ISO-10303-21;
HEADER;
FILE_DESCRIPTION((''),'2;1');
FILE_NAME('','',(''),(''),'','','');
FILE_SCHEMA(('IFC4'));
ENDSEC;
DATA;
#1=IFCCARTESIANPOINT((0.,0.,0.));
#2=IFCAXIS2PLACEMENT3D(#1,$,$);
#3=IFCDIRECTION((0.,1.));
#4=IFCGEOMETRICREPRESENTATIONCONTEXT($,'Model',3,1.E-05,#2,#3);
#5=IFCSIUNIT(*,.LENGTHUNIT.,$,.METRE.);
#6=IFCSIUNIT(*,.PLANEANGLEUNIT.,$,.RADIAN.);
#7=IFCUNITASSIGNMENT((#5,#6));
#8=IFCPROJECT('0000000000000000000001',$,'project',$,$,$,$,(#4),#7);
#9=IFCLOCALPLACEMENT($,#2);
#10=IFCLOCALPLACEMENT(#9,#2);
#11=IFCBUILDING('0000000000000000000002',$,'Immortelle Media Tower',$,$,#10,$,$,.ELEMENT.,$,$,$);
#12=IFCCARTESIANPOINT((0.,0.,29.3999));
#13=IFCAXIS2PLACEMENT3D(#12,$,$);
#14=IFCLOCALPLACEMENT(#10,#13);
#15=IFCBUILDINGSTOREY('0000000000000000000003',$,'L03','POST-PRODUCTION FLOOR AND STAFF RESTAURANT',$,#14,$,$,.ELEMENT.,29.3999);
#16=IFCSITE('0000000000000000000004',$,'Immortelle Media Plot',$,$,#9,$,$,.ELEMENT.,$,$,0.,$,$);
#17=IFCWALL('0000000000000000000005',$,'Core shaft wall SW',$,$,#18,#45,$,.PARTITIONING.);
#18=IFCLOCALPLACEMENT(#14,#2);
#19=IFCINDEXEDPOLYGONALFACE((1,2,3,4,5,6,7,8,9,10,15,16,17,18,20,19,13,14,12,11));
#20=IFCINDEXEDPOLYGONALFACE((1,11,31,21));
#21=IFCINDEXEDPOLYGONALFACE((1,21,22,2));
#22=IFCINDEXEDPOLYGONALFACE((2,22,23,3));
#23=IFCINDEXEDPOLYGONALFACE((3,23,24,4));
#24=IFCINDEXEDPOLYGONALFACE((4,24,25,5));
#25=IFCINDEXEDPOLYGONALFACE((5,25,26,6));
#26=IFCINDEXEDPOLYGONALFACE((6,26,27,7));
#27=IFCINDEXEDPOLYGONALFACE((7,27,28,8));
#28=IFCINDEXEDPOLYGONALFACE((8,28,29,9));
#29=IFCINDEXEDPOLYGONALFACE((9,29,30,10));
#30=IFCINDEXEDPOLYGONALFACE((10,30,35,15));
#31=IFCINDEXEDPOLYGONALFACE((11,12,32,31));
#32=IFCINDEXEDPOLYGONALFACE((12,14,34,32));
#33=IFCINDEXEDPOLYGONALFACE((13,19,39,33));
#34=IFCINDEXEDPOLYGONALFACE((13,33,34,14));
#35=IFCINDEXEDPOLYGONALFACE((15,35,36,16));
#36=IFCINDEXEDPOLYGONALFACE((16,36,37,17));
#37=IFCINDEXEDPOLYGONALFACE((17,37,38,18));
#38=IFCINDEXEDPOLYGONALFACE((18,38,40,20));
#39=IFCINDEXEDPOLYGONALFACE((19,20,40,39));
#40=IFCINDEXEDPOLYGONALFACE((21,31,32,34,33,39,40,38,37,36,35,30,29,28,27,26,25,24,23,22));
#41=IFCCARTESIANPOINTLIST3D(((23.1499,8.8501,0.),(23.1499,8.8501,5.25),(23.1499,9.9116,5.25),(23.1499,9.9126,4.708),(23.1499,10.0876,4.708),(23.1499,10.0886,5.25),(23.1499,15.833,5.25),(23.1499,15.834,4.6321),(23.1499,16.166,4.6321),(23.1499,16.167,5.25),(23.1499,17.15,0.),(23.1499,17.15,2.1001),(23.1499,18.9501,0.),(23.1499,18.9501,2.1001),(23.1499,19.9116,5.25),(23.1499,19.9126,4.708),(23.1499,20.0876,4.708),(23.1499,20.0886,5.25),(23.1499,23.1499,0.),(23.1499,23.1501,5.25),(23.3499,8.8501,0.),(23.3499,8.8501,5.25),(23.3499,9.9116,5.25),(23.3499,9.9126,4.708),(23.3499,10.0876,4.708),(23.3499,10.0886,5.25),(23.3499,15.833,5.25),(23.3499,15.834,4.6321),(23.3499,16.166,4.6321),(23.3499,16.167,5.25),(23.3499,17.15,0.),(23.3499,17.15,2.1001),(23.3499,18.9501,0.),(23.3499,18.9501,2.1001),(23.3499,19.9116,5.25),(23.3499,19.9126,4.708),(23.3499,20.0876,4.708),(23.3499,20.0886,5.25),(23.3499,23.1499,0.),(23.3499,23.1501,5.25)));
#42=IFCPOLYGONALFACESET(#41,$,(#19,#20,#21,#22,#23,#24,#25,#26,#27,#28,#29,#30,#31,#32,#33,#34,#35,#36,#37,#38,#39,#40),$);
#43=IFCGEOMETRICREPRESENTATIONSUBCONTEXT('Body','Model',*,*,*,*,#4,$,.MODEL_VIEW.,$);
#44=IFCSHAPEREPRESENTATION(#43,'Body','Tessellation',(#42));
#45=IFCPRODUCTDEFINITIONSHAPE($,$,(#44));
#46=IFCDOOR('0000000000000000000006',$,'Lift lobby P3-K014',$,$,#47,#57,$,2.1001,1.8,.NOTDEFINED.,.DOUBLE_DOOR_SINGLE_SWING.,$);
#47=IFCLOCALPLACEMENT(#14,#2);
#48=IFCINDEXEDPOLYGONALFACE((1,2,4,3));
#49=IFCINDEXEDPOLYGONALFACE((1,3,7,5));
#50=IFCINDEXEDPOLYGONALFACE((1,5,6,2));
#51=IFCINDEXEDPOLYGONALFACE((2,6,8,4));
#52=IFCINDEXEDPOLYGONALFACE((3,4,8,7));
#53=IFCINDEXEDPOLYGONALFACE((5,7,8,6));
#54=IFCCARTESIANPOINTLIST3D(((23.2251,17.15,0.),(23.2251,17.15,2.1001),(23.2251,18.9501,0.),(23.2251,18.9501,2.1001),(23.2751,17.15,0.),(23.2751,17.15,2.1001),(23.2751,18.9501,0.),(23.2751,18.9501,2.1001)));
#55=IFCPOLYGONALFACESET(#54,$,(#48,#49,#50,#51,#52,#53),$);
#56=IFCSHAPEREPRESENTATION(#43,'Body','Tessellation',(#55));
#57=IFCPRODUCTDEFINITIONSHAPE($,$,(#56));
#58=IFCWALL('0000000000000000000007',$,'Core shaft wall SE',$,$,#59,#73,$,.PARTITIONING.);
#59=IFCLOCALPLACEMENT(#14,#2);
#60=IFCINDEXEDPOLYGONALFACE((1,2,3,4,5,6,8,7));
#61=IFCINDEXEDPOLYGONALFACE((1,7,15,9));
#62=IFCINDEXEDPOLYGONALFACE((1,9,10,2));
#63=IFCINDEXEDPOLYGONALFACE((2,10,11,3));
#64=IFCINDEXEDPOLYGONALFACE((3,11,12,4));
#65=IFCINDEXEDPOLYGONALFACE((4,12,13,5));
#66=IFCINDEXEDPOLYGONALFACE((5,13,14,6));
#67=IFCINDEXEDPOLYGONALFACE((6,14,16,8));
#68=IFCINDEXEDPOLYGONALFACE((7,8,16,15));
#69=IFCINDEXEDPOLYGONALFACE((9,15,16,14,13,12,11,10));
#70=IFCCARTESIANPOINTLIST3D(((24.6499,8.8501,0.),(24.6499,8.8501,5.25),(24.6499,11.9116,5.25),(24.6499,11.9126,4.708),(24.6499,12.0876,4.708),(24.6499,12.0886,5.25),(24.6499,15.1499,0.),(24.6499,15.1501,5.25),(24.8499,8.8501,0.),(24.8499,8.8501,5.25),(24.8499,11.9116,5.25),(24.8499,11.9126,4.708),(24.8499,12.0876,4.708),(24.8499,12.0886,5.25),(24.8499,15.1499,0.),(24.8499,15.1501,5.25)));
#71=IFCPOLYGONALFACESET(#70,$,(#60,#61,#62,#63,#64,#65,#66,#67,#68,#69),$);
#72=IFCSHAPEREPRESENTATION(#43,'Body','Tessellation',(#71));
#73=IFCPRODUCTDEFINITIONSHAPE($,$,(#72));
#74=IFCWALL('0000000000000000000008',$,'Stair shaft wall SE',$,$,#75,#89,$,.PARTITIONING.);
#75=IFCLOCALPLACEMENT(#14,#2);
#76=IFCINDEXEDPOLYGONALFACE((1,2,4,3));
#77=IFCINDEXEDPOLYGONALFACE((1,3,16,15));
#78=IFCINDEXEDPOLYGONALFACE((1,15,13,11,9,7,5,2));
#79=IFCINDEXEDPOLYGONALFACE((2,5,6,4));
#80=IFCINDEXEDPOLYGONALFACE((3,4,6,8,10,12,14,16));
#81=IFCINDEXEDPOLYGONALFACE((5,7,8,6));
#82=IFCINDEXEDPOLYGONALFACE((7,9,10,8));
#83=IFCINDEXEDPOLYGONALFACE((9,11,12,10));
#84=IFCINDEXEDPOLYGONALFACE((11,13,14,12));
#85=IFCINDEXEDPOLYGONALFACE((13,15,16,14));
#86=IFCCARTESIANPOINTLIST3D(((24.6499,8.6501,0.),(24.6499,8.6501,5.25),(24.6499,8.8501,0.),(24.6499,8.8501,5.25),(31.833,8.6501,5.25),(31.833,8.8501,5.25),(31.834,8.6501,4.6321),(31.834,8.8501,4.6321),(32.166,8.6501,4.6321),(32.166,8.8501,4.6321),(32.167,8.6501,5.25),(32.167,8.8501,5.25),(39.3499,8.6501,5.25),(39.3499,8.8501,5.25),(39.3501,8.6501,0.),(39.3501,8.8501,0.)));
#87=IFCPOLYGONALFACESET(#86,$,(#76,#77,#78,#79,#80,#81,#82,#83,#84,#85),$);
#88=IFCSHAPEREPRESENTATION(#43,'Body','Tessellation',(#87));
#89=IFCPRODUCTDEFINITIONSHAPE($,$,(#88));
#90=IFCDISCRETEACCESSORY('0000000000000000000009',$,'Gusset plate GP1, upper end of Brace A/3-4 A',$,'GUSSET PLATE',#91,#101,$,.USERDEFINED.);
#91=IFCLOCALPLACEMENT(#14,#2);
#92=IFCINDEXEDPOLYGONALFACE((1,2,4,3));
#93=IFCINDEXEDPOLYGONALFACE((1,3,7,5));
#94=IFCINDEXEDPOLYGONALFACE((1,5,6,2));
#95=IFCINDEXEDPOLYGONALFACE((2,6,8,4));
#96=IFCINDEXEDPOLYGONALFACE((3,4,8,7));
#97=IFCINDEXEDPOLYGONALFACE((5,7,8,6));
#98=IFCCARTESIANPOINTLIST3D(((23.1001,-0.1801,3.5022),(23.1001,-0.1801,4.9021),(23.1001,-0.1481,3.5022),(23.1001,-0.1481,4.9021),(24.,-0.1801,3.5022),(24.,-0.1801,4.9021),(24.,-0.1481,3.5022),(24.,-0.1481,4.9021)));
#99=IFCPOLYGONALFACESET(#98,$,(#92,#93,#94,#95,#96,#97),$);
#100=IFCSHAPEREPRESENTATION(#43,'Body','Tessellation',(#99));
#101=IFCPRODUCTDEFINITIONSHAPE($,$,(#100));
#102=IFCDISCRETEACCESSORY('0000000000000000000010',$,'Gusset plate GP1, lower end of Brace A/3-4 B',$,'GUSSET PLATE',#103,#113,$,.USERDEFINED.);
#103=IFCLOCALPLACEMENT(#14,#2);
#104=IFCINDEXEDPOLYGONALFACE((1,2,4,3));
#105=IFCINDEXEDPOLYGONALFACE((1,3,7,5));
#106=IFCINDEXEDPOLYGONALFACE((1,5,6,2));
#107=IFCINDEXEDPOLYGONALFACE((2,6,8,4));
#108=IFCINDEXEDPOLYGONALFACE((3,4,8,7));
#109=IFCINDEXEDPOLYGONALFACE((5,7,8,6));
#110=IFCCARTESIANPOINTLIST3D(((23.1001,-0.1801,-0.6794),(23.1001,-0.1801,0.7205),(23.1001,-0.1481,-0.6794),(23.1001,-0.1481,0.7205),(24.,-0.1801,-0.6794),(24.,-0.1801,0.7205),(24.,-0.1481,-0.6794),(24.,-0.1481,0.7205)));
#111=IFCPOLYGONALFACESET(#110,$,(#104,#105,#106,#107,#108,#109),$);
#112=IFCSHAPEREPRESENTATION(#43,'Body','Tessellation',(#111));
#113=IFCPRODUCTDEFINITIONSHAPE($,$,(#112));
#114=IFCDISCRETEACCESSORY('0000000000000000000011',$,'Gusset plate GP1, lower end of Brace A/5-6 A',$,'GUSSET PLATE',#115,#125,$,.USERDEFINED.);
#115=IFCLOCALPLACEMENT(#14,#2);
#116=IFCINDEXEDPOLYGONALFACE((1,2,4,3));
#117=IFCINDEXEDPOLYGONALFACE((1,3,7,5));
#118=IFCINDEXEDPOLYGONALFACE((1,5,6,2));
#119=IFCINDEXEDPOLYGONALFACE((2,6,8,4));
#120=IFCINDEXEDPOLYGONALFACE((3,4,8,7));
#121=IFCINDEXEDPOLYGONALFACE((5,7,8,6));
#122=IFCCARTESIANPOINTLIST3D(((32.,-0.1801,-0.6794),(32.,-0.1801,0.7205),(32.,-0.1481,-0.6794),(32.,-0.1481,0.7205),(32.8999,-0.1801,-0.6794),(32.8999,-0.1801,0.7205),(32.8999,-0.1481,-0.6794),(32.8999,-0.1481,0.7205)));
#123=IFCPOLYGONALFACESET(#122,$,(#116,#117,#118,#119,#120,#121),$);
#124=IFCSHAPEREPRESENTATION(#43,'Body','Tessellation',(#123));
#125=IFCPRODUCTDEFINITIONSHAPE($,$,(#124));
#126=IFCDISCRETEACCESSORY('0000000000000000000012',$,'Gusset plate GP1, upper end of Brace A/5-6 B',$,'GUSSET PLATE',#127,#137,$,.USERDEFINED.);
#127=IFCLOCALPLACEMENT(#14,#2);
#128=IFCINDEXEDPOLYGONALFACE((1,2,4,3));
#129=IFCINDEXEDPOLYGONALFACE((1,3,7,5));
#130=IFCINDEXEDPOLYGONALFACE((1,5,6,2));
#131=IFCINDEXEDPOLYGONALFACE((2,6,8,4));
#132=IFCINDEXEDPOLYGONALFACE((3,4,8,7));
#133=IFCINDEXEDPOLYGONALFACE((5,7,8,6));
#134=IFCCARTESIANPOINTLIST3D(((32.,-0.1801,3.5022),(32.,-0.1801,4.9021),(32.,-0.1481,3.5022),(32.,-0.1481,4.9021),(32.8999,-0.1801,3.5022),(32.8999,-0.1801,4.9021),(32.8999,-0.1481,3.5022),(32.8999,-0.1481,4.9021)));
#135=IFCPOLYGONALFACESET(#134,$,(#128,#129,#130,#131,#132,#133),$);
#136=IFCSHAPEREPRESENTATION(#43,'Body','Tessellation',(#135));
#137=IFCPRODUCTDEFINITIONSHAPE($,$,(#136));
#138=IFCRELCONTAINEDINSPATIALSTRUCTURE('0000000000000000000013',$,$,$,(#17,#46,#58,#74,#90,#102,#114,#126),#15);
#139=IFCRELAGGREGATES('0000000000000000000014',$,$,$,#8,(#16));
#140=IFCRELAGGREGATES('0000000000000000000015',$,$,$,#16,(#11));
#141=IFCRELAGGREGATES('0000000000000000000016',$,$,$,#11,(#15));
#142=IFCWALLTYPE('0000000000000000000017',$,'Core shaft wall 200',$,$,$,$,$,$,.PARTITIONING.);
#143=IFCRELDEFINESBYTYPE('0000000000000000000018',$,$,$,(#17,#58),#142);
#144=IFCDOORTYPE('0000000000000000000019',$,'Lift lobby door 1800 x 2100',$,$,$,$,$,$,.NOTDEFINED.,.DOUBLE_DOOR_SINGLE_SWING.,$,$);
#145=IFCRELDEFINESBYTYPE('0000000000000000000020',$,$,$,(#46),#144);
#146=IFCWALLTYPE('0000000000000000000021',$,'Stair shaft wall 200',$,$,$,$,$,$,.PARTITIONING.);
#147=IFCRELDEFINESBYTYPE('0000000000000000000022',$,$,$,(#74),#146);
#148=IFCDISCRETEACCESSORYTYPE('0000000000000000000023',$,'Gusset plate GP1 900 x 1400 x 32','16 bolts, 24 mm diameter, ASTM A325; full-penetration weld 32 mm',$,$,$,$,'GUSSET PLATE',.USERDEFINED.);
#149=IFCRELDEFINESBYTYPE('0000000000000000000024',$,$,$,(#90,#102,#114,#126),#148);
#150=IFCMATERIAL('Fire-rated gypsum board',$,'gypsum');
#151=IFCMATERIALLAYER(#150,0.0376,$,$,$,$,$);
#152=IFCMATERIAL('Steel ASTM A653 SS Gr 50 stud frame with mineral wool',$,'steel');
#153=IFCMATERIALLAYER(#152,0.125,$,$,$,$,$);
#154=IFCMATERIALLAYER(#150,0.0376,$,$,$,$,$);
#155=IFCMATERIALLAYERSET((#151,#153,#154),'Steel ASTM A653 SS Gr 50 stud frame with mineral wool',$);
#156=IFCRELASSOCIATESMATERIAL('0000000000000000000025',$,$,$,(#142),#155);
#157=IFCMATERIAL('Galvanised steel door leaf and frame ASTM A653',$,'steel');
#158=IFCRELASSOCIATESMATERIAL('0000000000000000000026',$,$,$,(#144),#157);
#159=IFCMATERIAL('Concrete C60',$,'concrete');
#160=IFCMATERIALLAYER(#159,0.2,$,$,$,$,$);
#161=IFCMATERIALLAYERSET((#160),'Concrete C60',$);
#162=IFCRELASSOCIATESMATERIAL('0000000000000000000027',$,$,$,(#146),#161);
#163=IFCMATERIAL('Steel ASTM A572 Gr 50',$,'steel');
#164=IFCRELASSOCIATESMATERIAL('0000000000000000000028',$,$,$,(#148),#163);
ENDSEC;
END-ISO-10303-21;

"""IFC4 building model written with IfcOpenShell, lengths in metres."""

from ifc_helpers import new_model, si_unit, direction, frame, frame_2d, origin, origin_2d, place, context, subcontext, project, spatial, polyline, rectangle, outline, extrude, material, layer, layer_set, material_profile, profile_set, type_object, element, fill, save


model = new_model("IFC4")

# Units and contexts
model_context = context("Model", 3, precision=1e-05, world=origin(), true_north=direction((0.0, 1.0)))
body_context = subcontext(model_context, "Body", "Model", "MODEL_VIEW")
ifc_project = project(units=[si_unit("LENGTHUNIT", "METRE"), si_unit("PLANEANGLEUNIT", "RADIAN")], contexts=[model_context])

# Site, building, storey
site_placement = place(None, origin())
site = spatial("IfcSite", under=ifc_project, at=site_placement, Name="Immortelle Media Plot", CompositionType="ELEMENT", RefElevation=0.0)
building_placement = place(site_placement, origin())
building = spatial("IfcBuilding", under=site, at=building_placement, Name="Immortelle Media Tower", CompositionType="ELEMENT")
storey_placement = place(building_placement, frame((0.0, 0.0, 29.3999)))
storey = spatial("IfcBuildingStorey", under=building, at=storey_placement, Name="L03", Description="POST-PRODUCTION FLOOR AND STAFF RESTAURANT", CompositionType="ELEMENT", Elevation=29.3999)

# Shared definitions
ifc_material_1 = material(Name="Fire-rated gypsum board", Category="gypsum")
ifc_material_2 = material(Name="Steel ASTM A653 SS Gr 50 stud frame with mineral wool", Category="steel")

# Wall, opening, door
ifc_layer_1 = layer(ifc_material_1, 0.0376)
ifc_layer_2 = layer(ifc_material_2, 0.125)
ifc_layer_3 = layer(ifc_material_1, 0.0376)
ifc_layer_set_1 = layer_set([ifc_layer_1, ifc_layer_2, ifc_layer_3], Name="Steel ASTM A653 SS Gr 50 stud frame with mineral wool")
wall_type_1 = type_object("IfcWallType", Name="Core shaft wall 200", PredefinedType="PARTITIONING", material=ifc_layer_set_1)
wall_1_placement = place(storey_placement, frame((23.25, 8.8501, 0.0), z_axis=(0.0, 0.0, 1.0), x_axis=(0.0, 1.0, 0.0)))
wall_1 = element("IfcWall", 1, at=wall_1_placement, inside=storey, type_object=wall_type_1, Name="Core shaft wall SW", PredefinedType="PARTITIONING", context=body_context, shape_type="SweptSolid", body=[
    extrude(outline(polyline([(0.0, 0.0), (14.2998, 0.0), (14.3, 5.25), (11.2385, 5.25), (11.2375, 4.708), (11.0625, 4.708), (11.0615, 5.25), (7.3169, 5.25), (7.3159, 4.6321), (6.9839, 4.6321), (6.9829, 5.25), (1.2385, 5.25), (1.2375, 4.708), (1.0625, 4.708), (1.0615, 5.25), (0.0, 5.25), (0.0, 0.0)])), frame((0.0, 0.1001, 0.0), z_axis=(0.0, -1.0, 0.0), x_axis=(1.0, 0.0, 0.0)), (0.0, 0.0, 1.0), 0.2),
])
opening_placement = place(wall_1_placement, frame((8.3, 0.0, 0.0)))
opening = element("IfcOpeningElement", 2, at=opening_placement, cuts=wall_1, PredefinedType="OPENING", context=body_context, shape_type="SweptSolid", body=[
    extrude(rectangle(XDim=1.8, YDim=2.1001, at=frame_2d((0.8999, 1.05))), frame((0.0, 0.1099, 0.0), z_axis=(0.0, -1.0, 0.0), x_axis=(1.0, 0.0, 0.0)), (0.0, 0.0, 1.0), 0.22),
])
ifc_material_3 = material(Name="Galvanised steel door leaf and frame ASTM A653", Category="steel")
door_type = type_object("IfcDoorType", Name="Lift lobby door 1800 x 2100", OperationType="DOUBLE_DOOR_SINGLE_SWING", PredefinedType="NOTDEFINED", material=ifc_material_3)
door_placement = place(opening_placement, origin())
door = element("IfcDoor", 3, at=door_placement, inside=storey, type_object=door_type, Name="Lift lobby P3-K014", OperationType="DOUBLE_DOOR_SINGLE_SWING", OverallHeight=2.1001, OverallWidth=1.8, PredefinedType="NOTDEFINED", context=body_context, shape_type="SweptSolid", body=[
    extrude(rectangle(XDim=1.8, YDim=2.1001, at=frame_2d((0.8999, 1.05))), frame((0.0, 0.0249, 0.0), z_axis=(0.0, -1.0, 0.0), x_axis=(1.0, 0.0, 0.0)), (0.0, 0.0, 1.0), 0.05),
])
fill(opening, door)

# Walls
wall_2_placement = place(storey_placement, frame((24.75, 8.8501, 0.0), z_axis=(0.0, 0.0, 1.0), x_axis=(0.0, 1.0, 0.0)))
element("IfcWall", 4, at=wall_2_placement, inside=storey, type_object=wall_type_1, Name="Core shaft wall SE", PredefinedType="PARTITIONING", context=body_context, shape_type="SweptSolid", body=[
    extrude(outline(polyline([(0.0, 0.0), (6.2998, 0.0), (6.3, 5.25), (3.2385, 5.25), (3.2375, 4.708), (3.0625, 4.708), (3.0615, 5.25), (0.0, 5.25), (0.0, 0.0)])), frame((0.0, 0.1001, 0.0), z_axis=(0.0, -1.0, 0.0), x_axis=(1.0, 0.0, 0.0)), (0.0, 0.0, 1.0), 0.2),
])
ifc_material_4 = material(Name="Concrete C60", Category="concrete")
ifc_layer_4 = layer(ifc_material_4, 0.2)
ifc_layer_set_2 = layer_set([ifc_layer_4], Name="Concrete C60")
wall_type_2 = type_object("IfcWallType", Name="Stair shaft wall 200", PredefinedType="PARTITIONING", material=ifc_layer_set_2)
wall_3_placement = place(storey_placement, frame((24.6499, 8.75, 0.0), z_axis=(0.0, 0.0, 1.0), x_axis=(1.0, 0.0, 0.0)))
element("IfcWall", 5, at=wall_3_placement, inside=storey, type_object=wall_type_2, Name="Stair shaft wall SE", PredefinedType="PARTITIONING", context=body_context, shape_type="SweptSolid", body=[
    extrude(outline(polyline([(0.0, 0.0), (14.7002, 0.0), (14.7, 5.25), (7.5171, 5.25), (7.5161, 4.6321), (7.1841, 4.6321), (7.1831, 5.25), (0.0, 5.25), (0.0, 0.0)])), frame((0.0, 0.1001, 0.0), z_axis=(0.0, -1.0, 0.0), x_axis=(1.0, 0.0, 0.0)), (0.0, 0.0, 1.0), 0.2),
])

# Discrete accessories
ifc_material_5 = material(Name="Steel ASTM A572 Gr 50", Category="steel")
ifc_material_profile_1 = material_profile(ifc_material_5, rectangle(XDim=0.032, YDim=1.3999, at=origin_2d()), Name="PL 32 x 1400")
ifc_profile_set_1 = profile_set([ifc_material_profile_1], Name="Steel ASTM A572 Gr 50")
discrete_accessory_type = type_object("IfcDiscreteAccessoryType", Name="Gusset plate GP1 900 x 1400 x 32", Description="16 bolts, 24 mm diameter, ASTM A325; full-penetration weld 32 mm", ElementType="GUSSET PLATE", PredefinedType="USERDEFINED", material=ifc_profile_set_1)
for number, where, z_axis, x_axis, name in (
    (6, (24.0, -0.1641, 4.2021), (-1.0, 0.0, 0.0), (0.0, -1.0, 0.0), "Gusset plate GP1, upper end of Brace A/3-4 A"),
    (7, (24.0, -0.1641, 0.0205), (-1.0, 0.0, 0.0), (0.0, -1.0, 0.0), "Gusset plate GP1, lower end of Brace A/3-4 B"),
    (8, (32.0, -0.1641, 0.0205), (1.0, 0.0, 0.0), (0.0, 1.0, 0.0), "Gusset plate GP1, lower end of Brace A/5-6 A"),
    (9, (32.0, -0.1641, 4.2021), (1.0, 0.0, 0.0), (0.0, 1.0, 0.0), "Gusset plate GP1, upper end of Brace A/5-6 B"),
):
    element("IfcDiscreteAccessory", number, at=place(storey_placement, frame(where, z_axis=z_axis, x_axis=x_axis)), inside=storey, type_object=discrete_accessory_type, Name=name, ObjectType="GUSSET PLATE", PredefinedType="USERDEFINED", context=body_context, shape_type="SweptSolid", body=[
        extrude(rectangle(XDim=0.032, YDim=1.3999, at=origin_2d()), origin(), (0.0, 0.0, 1.0), 0.8999),
    ])

save(model, "model.ifc")
